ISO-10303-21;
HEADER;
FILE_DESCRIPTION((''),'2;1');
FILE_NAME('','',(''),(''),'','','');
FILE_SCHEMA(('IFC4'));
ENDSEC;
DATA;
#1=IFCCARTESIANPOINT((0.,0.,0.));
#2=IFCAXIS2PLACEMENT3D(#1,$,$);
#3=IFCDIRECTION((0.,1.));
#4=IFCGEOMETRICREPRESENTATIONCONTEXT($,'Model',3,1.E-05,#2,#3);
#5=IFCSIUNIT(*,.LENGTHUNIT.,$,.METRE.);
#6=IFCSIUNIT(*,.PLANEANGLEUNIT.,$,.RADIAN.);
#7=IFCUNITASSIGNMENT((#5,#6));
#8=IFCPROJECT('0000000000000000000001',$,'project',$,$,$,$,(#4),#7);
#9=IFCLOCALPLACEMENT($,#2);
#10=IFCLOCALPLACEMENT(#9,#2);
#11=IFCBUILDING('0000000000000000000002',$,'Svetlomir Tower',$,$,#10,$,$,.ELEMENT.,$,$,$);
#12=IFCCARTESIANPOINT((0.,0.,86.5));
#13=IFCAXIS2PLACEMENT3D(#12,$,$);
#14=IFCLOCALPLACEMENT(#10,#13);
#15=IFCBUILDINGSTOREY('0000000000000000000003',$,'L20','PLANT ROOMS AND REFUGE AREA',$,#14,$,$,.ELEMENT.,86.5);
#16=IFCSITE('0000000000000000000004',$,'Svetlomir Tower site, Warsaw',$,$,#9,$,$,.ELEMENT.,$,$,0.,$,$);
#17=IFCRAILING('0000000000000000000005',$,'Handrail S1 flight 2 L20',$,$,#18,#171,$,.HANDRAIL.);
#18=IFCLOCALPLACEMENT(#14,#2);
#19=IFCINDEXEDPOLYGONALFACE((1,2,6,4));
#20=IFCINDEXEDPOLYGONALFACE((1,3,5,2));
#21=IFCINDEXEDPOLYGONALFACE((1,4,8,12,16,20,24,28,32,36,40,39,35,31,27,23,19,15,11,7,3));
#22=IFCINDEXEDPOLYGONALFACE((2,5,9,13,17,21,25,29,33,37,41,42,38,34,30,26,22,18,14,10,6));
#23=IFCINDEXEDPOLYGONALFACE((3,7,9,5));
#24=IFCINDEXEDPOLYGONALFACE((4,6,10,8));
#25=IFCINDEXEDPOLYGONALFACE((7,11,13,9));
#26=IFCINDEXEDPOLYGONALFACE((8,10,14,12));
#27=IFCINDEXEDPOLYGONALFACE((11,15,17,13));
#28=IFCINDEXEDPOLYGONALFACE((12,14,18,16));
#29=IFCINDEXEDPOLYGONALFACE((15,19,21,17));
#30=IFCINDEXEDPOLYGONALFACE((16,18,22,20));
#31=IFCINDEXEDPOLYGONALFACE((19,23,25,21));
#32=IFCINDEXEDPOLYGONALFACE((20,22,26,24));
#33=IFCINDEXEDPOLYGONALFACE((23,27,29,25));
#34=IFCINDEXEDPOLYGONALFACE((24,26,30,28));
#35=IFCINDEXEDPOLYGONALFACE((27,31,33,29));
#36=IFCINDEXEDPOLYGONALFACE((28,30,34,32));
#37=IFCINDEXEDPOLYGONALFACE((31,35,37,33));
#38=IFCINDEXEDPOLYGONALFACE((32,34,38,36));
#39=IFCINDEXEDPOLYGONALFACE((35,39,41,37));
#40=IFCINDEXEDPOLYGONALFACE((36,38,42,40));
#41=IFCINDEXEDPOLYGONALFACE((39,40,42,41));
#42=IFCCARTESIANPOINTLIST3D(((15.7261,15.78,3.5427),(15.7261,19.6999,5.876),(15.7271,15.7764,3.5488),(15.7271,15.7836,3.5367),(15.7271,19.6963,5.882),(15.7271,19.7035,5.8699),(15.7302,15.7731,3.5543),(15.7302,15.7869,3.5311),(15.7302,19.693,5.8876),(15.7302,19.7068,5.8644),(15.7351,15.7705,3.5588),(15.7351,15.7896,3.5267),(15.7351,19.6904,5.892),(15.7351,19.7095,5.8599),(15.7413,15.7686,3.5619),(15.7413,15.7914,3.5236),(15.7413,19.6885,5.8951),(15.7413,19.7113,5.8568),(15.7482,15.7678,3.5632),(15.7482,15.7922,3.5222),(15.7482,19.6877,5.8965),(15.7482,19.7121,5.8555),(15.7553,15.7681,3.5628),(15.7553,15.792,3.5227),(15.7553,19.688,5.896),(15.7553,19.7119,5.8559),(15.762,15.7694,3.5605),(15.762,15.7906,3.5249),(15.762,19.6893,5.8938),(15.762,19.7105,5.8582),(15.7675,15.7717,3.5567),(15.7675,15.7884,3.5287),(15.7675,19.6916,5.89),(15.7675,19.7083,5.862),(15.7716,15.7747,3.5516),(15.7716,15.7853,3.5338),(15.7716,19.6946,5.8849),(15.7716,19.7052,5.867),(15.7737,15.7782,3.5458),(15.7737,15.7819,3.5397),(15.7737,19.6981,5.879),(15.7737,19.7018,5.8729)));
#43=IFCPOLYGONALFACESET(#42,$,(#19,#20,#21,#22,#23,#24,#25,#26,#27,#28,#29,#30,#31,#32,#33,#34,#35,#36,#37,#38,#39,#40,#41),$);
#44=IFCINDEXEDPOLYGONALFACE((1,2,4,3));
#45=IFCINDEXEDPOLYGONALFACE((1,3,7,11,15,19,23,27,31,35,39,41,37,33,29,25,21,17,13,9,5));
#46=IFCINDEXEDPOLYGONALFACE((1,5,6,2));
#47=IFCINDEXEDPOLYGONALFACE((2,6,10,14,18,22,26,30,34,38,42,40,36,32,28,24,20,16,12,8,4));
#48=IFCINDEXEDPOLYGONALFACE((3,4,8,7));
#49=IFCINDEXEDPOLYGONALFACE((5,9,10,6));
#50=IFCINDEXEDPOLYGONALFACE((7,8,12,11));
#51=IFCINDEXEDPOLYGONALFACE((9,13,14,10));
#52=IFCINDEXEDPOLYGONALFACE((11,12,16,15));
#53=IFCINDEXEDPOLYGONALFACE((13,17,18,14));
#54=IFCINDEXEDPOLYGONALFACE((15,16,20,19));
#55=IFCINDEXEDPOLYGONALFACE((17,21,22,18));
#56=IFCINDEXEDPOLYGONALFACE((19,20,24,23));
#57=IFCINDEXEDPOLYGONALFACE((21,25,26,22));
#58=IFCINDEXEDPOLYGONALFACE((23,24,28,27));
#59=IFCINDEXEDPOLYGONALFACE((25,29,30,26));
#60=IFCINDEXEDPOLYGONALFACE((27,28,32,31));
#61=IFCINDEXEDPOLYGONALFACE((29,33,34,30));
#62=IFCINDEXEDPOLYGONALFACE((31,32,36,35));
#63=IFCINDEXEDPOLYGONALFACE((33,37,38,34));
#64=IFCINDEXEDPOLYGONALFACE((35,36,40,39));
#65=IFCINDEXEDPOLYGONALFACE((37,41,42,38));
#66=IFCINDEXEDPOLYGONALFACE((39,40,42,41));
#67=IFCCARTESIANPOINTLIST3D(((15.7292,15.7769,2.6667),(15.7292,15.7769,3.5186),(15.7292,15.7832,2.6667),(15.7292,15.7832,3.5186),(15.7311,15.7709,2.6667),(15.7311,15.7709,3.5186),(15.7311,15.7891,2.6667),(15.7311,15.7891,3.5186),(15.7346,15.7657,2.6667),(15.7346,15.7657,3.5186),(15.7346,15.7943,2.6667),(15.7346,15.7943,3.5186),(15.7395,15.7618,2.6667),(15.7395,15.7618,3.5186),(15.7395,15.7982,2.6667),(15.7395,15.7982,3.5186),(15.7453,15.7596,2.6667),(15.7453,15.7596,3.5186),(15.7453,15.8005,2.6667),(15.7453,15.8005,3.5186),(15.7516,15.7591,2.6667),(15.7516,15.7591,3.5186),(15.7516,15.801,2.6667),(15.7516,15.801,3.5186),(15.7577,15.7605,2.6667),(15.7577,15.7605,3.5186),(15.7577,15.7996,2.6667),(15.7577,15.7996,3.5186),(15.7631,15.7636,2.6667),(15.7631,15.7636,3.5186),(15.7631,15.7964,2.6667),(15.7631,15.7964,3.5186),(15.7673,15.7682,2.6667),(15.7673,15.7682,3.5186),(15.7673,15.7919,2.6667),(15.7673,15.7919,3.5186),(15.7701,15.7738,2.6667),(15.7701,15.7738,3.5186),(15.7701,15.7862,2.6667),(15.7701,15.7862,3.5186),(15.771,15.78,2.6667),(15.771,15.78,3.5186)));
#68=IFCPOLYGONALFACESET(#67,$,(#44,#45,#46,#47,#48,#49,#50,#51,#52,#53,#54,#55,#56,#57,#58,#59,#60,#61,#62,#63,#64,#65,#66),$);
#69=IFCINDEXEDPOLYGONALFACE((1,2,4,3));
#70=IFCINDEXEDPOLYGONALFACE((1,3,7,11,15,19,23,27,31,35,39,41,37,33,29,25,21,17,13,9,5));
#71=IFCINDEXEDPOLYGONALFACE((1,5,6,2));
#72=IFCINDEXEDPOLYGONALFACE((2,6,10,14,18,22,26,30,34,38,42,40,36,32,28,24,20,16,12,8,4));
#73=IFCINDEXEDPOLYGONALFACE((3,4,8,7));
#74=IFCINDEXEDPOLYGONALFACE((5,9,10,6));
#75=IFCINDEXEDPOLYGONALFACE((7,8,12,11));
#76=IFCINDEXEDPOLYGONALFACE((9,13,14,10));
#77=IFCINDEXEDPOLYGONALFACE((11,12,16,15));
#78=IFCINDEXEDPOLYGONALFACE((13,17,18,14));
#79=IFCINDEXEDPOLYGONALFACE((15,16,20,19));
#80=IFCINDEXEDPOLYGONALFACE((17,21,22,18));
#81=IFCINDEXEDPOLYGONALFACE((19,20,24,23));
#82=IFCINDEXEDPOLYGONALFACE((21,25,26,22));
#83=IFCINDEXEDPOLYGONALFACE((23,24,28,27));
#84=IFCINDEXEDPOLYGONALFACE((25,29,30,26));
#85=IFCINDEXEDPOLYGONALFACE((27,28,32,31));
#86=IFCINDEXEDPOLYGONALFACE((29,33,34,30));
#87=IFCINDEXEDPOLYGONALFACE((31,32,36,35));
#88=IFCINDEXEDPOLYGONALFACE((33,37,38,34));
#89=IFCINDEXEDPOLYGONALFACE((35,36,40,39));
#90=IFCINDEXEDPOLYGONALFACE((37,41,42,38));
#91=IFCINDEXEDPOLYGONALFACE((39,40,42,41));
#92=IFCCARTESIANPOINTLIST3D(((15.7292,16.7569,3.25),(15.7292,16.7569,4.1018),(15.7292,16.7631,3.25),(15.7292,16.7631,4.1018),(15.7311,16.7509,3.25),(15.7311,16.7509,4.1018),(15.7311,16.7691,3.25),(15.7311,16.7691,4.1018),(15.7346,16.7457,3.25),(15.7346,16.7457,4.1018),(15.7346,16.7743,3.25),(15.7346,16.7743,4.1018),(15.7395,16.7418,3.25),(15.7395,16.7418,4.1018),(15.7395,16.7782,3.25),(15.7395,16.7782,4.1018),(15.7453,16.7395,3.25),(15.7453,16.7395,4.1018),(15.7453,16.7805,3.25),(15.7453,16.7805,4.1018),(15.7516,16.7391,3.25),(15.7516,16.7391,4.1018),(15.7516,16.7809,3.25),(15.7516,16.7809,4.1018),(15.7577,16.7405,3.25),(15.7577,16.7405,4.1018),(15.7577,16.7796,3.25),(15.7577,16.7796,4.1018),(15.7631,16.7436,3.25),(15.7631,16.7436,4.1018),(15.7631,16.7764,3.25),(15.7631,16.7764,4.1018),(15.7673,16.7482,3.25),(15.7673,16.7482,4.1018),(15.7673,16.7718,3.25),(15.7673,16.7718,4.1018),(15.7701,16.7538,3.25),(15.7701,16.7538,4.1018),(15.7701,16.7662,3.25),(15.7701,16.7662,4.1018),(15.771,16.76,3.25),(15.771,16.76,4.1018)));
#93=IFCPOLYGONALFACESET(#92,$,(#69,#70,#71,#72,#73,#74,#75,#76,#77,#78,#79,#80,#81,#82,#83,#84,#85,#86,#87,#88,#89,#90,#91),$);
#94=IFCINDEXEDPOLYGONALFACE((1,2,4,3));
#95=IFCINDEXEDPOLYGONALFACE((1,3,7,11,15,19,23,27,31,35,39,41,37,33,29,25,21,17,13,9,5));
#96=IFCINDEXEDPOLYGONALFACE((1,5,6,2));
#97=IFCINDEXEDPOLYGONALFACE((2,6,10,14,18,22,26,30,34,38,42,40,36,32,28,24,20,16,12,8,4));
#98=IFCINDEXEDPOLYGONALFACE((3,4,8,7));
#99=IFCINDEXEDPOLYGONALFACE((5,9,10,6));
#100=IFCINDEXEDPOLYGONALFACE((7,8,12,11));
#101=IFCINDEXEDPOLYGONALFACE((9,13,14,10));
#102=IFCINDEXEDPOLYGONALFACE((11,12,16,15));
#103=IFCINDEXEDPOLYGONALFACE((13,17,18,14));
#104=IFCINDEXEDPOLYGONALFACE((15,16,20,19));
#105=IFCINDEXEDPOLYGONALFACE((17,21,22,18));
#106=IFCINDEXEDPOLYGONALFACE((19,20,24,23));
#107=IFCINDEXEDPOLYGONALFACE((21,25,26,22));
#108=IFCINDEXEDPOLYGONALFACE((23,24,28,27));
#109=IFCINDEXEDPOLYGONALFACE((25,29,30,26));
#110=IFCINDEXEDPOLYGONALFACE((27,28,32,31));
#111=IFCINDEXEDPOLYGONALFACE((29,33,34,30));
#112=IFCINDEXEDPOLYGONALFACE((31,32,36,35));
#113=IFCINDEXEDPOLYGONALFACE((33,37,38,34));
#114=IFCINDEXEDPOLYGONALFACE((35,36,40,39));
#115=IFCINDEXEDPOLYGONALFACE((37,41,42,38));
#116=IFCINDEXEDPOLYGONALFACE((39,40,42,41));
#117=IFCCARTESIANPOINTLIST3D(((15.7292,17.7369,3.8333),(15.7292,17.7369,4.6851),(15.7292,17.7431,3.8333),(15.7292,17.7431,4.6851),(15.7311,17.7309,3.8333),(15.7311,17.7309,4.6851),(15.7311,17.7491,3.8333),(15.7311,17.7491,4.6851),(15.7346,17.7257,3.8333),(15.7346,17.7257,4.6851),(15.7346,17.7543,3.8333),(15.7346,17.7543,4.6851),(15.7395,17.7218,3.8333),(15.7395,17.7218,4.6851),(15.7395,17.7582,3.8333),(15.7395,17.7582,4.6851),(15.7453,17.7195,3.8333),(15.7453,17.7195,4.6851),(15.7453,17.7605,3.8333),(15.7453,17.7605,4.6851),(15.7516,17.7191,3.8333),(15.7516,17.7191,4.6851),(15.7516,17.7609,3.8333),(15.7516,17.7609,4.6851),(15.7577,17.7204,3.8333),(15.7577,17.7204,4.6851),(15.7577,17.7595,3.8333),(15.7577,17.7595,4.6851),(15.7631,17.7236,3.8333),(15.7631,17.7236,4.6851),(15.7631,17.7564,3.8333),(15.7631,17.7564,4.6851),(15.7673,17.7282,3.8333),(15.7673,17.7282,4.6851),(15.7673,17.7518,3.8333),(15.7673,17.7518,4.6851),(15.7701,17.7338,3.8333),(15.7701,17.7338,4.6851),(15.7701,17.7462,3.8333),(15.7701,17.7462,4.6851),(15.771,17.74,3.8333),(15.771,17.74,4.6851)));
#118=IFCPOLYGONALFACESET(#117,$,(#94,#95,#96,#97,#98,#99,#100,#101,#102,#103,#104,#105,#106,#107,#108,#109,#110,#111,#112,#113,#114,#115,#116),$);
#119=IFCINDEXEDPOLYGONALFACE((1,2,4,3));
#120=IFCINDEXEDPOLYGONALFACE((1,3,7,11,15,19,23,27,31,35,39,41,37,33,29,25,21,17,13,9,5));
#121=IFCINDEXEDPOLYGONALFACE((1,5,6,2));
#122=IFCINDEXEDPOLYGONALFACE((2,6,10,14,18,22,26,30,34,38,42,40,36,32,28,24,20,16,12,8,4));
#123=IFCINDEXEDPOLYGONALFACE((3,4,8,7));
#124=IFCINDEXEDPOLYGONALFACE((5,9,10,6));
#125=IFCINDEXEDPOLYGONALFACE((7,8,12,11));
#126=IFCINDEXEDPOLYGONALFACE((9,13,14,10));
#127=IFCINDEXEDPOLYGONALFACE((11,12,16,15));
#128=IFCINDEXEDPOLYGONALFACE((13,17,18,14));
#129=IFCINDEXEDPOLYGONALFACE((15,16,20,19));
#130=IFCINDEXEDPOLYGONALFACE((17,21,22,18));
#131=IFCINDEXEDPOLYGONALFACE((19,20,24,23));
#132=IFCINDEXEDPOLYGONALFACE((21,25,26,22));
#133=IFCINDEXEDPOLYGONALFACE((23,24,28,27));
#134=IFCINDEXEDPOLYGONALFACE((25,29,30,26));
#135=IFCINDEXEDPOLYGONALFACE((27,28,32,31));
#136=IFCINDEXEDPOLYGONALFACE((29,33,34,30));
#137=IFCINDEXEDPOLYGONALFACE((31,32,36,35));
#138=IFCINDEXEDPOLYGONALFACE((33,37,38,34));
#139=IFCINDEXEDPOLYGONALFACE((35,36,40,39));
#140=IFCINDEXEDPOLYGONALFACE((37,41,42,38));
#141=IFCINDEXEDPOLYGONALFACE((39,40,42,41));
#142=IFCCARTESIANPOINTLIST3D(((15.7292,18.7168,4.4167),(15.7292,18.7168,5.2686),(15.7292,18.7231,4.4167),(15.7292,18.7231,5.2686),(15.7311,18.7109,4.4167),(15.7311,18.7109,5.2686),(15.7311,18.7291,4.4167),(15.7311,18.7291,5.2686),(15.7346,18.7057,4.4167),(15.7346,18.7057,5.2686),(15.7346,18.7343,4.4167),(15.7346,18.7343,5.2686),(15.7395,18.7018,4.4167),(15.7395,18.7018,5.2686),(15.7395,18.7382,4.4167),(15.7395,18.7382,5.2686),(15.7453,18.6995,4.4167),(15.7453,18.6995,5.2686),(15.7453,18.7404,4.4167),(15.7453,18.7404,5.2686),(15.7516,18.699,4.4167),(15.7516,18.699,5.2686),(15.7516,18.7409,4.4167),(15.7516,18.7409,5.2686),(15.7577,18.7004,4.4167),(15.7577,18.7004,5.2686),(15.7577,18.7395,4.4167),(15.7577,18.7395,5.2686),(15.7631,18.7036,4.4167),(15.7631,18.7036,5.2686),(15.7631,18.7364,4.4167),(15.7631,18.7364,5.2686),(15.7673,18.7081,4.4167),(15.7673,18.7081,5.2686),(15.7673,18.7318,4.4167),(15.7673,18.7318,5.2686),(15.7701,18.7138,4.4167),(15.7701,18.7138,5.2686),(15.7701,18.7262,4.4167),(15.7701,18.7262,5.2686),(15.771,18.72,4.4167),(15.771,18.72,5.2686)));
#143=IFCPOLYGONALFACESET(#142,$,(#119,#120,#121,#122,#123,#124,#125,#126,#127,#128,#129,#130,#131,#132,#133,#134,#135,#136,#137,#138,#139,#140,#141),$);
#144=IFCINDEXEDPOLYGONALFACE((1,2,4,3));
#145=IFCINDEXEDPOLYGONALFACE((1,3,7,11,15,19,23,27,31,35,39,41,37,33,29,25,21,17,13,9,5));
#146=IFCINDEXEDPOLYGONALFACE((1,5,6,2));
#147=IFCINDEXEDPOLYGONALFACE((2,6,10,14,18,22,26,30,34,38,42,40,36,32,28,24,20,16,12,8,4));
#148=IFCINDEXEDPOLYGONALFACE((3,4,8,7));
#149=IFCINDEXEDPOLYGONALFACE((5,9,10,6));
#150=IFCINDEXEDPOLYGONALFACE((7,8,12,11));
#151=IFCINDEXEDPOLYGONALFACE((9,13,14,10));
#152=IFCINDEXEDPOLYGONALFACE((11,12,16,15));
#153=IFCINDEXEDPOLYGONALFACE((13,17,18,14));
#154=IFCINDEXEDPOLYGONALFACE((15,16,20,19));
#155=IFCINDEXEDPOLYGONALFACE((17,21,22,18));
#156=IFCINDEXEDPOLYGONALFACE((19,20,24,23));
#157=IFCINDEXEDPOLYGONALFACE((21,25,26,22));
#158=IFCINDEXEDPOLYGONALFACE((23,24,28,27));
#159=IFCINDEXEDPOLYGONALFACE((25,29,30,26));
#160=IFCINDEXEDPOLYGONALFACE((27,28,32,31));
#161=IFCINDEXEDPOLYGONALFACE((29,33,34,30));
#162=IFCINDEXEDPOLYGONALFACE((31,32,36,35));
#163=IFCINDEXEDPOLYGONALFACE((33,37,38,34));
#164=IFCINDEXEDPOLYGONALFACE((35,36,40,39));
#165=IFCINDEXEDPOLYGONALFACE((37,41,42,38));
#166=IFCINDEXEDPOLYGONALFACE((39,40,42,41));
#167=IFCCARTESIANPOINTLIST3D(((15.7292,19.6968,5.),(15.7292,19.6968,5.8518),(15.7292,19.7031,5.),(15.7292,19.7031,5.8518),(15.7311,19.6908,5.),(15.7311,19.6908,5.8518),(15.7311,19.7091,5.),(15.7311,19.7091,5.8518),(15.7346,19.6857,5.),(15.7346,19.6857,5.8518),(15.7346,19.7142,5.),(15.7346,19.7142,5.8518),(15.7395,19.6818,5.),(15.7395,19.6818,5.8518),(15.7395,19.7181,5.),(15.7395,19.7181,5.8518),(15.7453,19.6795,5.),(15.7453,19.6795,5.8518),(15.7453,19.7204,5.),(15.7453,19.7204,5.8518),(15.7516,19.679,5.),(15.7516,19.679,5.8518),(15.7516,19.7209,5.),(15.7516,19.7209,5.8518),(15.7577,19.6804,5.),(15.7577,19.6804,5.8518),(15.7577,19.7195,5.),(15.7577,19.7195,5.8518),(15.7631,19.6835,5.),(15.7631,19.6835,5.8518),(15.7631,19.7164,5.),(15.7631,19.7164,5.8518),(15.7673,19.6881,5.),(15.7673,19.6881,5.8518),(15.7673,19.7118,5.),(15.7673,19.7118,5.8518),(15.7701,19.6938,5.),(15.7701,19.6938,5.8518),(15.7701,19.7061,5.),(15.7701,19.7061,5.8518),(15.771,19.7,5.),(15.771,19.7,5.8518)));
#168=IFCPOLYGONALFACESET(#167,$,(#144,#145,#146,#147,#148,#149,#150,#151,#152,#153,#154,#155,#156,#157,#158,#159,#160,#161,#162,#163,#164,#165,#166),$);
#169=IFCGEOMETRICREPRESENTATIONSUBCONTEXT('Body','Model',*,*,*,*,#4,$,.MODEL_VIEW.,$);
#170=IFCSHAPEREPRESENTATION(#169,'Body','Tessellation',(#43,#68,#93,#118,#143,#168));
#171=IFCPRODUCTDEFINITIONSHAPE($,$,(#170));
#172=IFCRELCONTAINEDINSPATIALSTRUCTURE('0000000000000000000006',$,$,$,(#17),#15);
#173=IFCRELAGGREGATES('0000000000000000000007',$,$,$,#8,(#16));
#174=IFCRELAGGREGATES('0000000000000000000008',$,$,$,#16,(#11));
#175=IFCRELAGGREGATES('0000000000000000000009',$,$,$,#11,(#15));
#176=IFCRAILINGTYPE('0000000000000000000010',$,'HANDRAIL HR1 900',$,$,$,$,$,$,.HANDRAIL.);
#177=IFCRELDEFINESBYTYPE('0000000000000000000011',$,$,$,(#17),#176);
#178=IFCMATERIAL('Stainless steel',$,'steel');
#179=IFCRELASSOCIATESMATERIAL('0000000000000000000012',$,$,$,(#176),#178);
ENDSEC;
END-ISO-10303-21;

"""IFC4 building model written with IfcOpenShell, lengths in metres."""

from ifc_helpers import new_model, si_unit, direction, frame, origin, origin_2d, place, context, subcontext, project, spatial, circle, extrude, material, type_object, element, save


model = new_model("IFC4")

# Units and contexts
model_context = context("Model", 3, precision=1e-05, world=origin(), true_north=direction((0.0, 1.0)))
body_context = subcontext(model_context, "Body", "Model", "MODEL_VIEW")
ifc_project = project(units=[si_unit("LENGTHUNIT", "METRE"), si_unit("PLANEANGLEUNIT", "RADIAN")], contexts=[model_context])

# Site, building, storey
site_placement = place(None, origin())
site = spatial("IfcSite", under=ifc_project, at=site_placement, Name="Svetlomir Tower site, Warsaw", CompositionType="ELEMENT", RefElevation=0.0)
building_placement = place(site_placement, origin())
building = spatial("IfcBuilding", under=site, at=building_placement, Name="Svetlomir Tower", CompositionType="ELEMENT")
storey_placement = place(building_placement, frame((0.0, 0.0, 86.5)))
storey = spatial("IfcBuildingStorey", under=building, at=storey_placement, Name="L20", Description="PLANT ROOMS AND REFUGE AREA", CompositionType="ELEMENT", Elevation=86.5)

# Railing
ifc_material_1 = material(Name="Stainless steel", Category="steel")
railing_type_1 = type_object("IfcRailingType", Name="HANDRAIL HR1 900", PredefinedType="HANDRAIL", material=ifc_material_1)
railing_1_placement = place(storey_placement, frame((15.75, 15.78, 2.6667)))
element("IfcRailing", 1, at=railing_1_placement, inside=storey, type_object=railing_type_1, Name="Handrail S1 flight 2 L20", PredefinedType="HANDRAIL", context=body_context, shape_type="SweptSolid", body=[
    extrude(circle(Radius=0.0239, at=origin_2d()), frame((0.0, 0.0, 0.876), z_axis=(0.0, 0.859296, 0.511478), x_axis=(-1.0, 0.0, 0.0)), (0.0, 0.0, 1.0), 4.5618),
    extrude(circle(Radius=0.021, at=origin_2d()), origin(), (0.0, 0.0, 1.0), 0.8518),
    extrude(circle(Radius=0.021, at=origin_2d()), frame((0.0, 0.98, 0.5833)), (0.0, 0.0, 1.0), 0.8518),
    extrude(circle(Radius=0.021, at=origin_2d()), frame((0.0, 1.96, 1.1665)), (0.0, 0.0, 1.0), 0.8518),
    extrude(circle(Radius=0.021, at=origin_2d()), frame((0.0, 2.9399, 1.75)), (0.0, 0.0, 1.0), 0.8518),
    extrude(circle(Radius=0.021, at=origin_2d()), frame((0.0, 3.9199, 2.3333)), (0.0, 0.0, 1.0), 0.8518),
])

save(model, "model.ifc")
